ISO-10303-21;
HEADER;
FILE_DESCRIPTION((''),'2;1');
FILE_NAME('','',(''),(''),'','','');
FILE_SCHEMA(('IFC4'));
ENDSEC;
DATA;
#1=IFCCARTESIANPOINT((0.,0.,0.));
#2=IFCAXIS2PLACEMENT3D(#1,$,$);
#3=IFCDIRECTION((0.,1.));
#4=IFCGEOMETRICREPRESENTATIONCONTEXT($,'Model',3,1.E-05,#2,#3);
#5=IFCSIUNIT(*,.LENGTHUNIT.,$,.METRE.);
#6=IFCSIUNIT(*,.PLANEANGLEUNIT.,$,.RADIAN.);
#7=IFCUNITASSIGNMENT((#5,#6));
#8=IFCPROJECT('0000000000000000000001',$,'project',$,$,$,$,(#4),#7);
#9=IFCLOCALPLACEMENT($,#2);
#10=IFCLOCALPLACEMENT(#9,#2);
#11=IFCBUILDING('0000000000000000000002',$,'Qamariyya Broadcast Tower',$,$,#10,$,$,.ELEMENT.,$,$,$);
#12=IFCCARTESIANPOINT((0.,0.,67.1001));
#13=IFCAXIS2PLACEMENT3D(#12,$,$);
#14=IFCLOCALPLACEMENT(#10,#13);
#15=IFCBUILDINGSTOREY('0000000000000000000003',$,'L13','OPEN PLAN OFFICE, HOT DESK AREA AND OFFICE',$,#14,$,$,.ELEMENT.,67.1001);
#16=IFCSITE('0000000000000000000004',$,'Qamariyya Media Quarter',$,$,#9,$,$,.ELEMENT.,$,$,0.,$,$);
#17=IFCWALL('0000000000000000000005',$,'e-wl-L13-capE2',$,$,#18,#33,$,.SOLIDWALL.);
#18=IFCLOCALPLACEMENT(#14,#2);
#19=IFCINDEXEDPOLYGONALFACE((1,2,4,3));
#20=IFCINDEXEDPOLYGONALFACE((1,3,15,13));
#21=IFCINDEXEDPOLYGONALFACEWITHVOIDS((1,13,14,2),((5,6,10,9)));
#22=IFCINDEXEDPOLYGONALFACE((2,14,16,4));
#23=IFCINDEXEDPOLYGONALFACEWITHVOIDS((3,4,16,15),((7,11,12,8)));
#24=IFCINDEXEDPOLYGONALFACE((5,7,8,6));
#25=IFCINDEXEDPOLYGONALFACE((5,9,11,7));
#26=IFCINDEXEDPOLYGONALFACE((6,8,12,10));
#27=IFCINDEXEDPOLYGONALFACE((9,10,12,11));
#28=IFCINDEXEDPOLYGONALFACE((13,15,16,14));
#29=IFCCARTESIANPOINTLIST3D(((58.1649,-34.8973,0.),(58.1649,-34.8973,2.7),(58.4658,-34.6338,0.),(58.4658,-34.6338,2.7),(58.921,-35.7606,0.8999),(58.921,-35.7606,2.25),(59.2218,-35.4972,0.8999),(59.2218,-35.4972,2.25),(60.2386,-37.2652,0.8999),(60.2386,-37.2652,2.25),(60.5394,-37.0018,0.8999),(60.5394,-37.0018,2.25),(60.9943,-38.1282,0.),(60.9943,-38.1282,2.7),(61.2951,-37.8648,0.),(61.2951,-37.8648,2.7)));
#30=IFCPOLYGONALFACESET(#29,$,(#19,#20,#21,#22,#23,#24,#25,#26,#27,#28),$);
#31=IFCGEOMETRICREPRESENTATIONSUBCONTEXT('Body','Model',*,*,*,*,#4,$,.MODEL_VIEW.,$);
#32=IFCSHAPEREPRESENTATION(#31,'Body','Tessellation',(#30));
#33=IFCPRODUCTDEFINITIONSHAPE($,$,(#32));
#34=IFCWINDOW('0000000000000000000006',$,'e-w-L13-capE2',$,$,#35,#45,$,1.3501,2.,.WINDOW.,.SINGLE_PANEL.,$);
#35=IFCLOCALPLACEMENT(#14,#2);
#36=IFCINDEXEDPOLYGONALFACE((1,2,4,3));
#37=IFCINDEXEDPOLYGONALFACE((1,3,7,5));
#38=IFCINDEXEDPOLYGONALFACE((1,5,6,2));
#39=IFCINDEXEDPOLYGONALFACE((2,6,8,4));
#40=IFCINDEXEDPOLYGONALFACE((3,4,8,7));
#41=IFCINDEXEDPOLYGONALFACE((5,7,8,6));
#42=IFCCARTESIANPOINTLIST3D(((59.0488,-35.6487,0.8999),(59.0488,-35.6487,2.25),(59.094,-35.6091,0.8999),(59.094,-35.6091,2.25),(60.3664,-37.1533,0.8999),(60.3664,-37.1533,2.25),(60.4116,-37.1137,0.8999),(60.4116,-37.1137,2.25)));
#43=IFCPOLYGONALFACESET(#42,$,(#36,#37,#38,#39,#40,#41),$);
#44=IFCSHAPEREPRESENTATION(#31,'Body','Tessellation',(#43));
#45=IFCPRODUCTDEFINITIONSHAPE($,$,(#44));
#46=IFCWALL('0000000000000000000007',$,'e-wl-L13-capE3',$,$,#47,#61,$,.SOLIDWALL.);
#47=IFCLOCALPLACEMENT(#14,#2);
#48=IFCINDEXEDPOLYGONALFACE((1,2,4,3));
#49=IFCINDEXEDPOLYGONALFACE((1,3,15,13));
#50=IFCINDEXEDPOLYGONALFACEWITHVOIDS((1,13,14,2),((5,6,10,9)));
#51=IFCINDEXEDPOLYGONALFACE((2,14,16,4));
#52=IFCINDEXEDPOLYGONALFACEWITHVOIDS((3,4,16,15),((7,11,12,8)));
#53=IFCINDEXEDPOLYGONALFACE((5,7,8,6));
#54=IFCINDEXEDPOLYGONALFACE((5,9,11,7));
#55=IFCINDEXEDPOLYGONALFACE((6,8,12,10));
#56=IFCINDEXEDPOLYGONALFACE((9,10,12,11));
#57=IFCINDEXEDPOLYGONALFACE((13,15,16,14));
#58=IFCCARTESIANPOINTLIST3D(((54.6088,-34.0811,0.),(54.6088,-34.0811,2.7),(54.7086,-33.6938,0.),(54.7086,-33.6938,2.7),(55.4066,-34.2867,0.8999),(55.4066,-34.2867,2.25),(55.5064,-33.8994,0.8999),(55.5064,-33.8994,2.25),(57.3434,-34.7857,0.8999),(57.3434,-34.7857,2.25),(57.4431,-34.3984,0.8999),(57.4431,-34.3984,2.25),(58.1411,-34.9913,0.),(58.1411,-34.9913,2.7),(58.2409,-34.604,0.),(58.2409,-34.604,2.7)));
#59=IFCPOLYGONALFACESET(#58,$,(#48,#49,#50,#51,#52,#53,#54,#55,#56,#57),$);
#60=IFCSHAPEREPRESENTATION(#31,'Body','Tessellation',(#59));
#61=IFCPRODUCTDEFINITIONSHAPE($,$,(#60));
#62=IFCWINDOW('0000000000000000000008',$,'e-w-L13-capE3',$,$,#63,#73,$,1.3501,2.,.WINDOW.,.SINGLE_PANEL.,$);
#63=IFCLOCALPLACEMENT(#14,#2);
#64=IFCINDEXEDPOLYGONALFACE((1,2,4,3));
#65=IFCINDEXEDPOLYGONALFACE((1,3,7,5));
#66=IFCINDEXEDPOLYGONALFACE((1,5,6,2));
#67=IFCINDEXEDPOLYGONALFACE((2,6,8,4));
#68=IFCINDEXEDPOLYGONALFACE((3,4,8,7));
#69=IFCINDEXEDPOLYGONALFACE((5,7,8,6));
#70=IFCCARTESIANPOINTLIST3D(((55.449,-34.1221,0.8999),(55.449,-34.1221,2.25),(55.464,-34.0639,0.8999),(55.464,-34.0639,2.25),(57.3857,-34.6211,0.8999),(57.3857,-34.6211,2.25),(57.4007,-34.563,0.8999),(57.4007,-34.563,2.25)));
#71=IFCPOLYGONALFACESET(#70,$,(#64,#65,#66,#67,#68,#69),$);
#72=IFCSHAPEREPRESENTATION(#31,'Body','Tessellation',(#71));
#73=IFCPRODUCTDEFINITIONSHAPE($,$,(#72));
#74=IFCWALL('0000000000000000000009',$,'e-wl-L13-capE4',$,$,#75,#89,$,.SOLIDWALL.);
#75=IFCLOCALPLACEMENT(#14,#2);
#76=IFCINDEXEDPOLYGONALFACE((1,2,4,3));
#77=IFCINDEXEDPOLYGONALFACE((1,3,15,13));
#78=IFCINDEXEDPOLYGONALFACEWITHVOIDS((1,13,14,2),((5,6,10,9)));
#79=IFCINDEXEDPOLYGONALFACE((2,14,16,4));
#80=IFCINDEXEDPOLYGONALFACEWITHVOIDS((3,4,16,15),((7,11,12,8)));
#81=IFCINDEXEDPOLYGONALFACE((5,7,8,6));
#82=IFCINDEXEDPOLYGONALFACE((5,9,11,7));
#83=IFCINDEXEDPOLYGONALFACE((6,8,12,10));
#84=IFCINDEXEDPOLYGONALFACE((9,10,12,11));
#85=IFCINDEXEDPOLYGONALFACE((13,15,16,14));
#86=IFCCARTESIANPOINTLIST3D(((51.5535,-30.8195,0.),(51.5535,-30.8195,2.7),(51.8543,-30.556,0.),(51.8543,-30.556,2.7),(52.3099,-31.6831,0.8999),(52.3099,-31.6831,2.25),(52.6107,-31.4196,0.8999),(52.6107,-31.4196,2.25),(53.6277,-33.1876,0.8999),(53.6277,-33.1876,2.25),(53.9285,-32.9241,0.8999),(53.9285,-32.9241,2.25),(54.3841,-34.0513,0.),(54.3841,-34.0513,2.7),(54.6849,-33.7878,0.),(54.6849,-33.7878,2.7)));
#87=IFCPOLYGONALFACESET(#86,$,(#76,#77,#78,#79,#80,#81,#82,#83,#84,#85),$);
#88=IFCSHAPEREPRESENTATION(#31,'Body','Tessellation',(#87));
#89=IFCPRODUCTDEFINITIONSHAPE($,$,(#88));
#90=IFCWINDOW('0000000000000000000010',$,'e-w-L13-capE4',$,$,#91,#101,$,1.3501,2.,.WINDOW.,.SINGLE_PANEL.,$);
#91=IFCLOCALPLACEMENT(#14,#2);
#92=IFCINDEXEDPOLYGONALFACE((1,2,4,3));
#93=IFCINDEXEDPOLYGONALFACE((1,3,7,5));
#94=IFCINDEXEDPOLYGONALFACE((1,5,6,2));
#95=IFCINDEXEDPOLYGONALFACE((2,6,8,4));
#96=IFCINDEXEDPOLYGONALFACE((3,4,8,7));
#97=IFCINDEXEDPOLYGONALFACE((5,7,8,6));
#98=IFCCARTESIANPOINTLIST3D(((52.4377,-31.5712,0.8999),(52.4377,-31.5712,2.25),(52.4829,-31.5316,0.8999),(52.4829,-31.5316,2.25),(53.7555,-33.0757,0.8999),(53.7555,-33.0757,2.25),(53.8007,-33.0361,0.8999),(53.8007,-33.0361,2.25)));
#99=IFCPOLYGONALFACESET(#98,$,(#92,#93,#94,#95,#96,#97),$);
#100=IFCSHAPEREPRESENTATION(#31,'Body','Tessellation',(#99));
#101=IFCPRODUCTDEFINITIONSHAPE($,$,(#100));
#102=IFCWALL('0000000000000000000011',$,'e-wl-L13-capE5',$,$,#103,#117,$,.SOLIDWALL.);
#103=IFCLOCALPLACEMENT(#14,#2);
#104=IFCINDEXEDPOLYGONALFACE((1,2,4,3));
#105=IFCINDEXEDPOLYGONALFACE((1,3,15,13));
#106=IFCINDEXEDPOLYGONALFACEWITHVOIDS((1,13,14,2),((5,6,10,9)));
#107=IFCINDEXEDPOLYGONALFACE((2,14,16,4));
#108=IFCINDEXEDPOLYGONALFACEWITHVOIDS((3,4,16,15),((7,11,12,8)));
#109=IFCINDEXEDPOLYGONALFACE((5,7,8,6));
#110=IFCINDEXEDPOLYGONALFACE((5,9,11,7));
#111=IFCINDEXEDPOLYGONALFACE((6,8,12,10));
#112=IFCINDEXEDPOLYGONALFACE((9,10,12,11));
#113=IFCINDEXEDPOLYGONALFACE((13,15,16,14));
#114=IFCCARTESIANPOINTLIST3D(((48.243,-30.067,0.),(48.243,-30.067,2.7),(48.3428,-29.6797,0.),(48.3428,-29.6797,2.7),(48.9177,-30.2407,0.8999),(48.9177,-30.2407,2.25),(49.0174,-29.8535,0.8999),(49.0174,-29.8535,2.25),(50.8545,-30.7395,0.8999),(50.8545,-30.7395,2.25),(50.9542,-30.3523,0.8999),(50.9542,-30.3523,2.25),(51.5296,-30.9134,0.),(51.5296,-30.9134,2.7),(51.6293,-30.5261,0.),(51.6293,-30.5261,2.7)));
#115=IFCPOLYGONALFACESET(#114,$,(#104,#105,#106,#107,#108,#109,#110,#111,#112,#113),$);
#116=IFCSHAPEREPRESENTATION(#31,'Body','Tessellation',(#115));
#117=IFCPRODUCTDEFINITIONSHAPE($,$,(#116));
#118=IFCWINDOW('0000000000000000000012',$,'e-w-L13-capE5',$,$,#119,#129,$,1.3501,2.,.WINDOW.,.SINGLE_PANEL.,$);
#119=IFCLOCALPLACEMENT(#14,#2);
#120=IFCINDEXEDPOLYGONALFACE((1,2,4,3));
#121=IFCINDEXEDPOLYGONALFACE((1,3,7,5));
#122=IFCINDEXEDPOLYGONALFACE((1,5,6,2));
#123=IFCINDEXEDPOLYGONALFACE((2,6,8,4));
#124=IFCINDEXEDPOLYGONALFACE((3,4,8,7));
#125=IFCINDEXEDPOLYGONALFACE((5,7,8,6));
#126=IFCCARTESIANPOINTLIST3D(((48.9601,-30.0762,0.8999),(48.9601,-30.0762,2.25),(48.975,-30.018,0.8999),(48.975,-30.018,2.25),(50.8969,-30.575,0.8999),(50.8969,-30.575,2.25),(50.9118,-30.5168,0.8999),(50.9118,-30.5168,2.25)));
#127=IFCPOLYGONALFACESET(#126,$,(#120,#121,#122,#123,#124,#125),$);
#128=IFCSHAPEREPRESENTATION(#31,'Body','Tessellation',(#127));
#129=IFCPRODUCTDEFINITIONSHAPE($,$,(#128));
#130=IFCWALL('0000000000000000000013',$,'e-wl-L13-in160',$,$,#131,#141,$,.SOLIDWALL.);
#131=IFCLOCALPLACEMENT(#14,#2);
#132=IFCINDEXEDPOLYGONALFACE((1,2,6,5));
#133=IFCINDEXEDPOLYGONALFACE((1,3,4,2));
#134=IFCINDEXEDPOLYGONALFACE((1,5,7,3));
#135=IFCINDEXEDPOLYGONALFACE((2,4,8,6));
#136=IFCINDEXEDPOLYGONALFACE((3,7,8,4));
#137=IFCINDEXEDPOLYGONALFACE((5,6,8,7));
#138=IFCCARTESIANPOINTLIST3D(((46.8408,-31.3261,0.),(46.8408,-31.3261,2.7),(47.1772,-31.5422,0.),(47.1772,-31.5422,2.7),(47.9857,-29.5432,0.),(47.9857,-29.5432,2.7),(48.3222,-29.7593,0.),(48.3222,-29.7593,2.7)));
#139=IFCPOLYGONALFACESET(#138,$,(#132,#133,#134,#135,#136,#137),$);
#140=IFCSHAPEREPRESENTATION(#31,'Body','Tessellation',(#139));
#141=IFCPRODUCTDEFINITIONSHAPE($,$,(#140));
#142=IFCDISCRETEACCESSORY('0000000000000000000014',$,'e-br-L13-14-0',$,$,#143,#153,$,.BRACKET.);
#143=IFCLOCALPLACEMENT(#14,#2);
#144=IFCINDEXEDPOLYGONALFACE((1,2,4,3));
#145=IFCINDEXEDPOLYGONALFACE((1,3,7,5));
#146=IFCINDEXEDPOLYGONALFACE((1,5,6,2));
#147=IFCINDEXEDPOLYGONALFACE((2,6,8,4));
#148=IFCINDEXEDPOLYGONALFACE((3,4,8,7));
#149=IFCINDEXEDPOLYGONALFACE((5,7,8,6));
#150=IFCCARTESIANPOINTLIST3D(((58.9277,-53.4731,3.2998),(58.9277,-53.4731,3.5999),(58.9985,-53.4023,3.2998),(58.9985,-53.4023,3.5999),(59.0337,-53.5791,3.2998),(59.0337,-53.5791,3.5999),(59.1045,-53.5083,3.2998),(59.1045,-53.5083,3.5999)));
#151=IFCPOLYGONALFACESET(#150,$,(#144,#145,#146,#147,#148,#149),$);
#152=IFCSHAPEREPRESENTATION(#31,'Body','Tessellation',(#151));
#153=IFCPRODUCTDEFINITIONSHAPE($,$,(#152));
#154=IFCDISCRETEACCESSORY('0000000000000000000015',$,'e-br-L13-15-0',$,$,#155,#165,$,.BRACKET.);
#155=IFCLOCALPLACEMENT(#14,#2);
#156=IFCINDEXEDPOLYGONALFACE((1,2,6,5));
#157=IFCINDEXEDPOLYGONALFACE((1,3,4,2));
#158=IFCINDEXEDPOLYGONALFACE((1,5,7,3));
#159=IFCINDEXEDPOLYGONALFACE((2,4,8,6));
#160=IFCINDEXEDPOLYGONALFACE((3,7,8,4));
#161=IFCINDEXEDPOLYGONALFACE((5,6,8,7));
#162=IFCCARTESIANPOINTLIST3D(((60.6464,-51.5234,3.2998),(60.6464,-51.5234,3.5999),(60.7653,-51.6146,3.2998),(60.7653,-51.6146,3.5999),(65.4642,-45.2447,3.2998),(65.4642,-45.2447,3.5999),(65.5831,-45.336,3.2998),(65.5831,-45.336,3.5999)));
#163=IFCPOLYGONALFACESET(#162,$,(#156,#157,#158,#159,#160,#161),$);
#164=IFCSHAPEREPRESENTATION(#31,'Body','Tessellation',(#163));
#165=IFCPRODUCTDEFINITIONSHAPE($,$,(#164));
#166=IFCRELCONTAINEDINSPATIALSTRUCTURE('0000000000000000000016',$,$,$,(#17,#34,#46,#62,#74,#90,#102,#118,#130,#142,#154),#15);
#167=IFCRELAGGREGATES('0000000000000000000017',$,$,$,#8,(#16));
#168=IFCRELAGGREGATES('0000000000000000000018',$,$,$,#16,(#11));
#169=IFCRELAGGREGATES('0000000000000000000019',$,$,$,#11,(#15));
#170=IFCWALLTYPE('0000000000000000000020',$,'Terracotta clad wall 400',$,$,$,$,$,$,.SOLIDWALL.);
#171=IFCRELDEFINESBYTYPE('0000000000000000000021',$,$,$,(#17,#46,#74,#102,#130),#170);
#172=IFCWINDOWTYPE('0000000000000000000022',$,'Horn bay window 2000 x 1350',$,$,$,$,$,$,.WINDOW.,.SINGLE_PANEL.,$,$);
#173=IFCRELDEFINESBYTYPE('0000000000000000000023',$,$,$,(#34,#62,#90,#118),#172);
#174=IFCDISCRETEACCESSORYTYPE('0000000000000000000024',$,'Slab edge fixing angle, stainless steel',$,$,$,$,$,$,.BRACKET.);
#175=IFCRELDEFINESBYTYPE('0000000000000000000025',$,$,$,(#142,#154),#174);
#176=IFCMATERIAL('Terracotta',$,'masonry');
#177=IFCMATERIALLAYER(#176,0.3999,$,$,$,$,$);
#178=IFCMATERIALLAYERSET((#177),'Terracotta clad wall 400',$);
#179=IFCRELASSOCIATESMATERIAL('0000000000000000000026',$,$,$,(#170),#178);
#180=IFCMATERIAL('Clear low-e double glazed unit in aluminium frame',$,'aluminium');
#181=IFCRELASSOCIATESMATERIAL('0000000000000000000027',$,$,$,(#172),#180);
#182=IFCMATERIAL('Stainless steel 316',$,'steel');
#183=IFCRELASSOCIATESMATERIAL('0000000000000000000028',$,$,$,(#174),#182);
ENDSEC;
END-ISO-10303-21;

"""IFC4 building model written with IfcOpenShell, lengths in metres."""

from ifc_helpers import new_model, si_unit, direction, frame, frame_2d, origin, origin_2d, place, context, subcontext, project, spatial, rectangle, extrude, material, layer, layer_set, type_object, element, fill, save


model = new_model("IFC4")

# Units and contexts
model_context = context("Model", 3, precision=1e-05, world=origin(), true_north=direction((0.0, 1.0)))
body_context = subcontext(model_context, "Body", "Model", "MODEL_VIEW")
ifc_project = project(units=[si_unit("LENGTHUNIT", "METRE"), si_unit("PLANEANGLEUNIT", "RADIAN")], contexts=[model_context])

# Site, building, storey
site_placement = place(None, origin())
site = spatial("IfcSite", under=ifc_project, at=site_placement, Name="Qamariyya Media Quarter", CompositionType="ELEMENT", RefElevation=0.0)
building_placement = place(site_placement, origin())
building = spatial("IfcBuilding", under=site, at=building_placement, Name="Qamariyya Broadcast Tower", CompositionType="ELEMENT")
storey_placement = place(building_placement, frame((0.0, 0.0, 67.1001)))
storey = spatial("IfcBuildingStorey", under=building, at=storey_placement, Name="L13", Description="OPEN PLAN OFFICE, HOT DESK AREA AND OFFICE", CompositionType="ELEMENT", Elevation=67.1001)

# Walls, openings, windows
ifc_material_1 = material(Name="Terracotta", Category="masonry")
ifc_layer = layer(ifc_material_1, 0.3999)
ifc_layer_set = layer_set([ifc_layer], Name="Terracotta clad wall 400")
wall_type = type_object("IfcWallType", Name="Terracotta clad wall 400", PredefinedType="SOLIDWALL", material=ifc_layer_set)
ifc_material_2 = material(Name="Clear low-e double glazed unit in aluminium frame", Category="aluminium")
window_type = type_object("IfcWindowType", Name="Horn bay window 2000 x 1350", PartitioningType="SINGLE_PANEL", PredefinedType="WINDOW", material=ifc_material_2)
wall_1_placement = place(storey_placement, frame((61.1448, -37.9966, 0.0), z_axis=(0.0, 0.0, 1.0), x_axis=(-0.658802, 0.752316, 0.0)))
wall_1 = element("IfcWall", 1, at=wall_1_placement, inside=storey, type_object=wall_type, Name="e-wl-L13-capE2", PredefinedType="SOLIDWALL", context=body_context, shape_type="SweptSolid", body=[
    extrude(rectangle(XDim=4.2947, YDim=0.3999, at=frame_2d((2.1475, 0.0))), origin(), (0.0, 0.0, 1.0), 2.7),
])
opening_1_placement = place(wall_1_placement, frame((1.1472, 0.0, 0.8999)))
opening_1 = element("IfcOpeningElement", 2, at=opening_1_placement, cuts=wall_1, PredefinedType="OPENING", context=body_context, shape_type="SweptSolid", body=[
    extrude(rectangle(XDim=2.0, YDim=1.3501, at=frame_2d((1.0, 0.675))), frame((0.0, 0.21, 0.0), z_axis=(0.0, -1.0, 0.0), x_axis=(1.0, 0.0, 0.0)), (0.0, 0.0, 1.0), 0.4199),
])
window_1_placement = place(opening_1_placement, origin())
window_1 = element("IfcWindow", 3, at=window_1_placement, inside=storey, type_object=window_type, Name="e-w-L13-capE2", OverallHeight=1.3501, OverallWidth=2.0, PartitioningType="SINGLE_PANEL", PredefinedType="WINDOW", context=body_context, shape_type="SweptSolid", body=[
    extrude(rectangle(XDim=2.0, YDim=1.3501, at=frame_2d((1.0, 0.675))), frame((0.0, 0.03, 0.0), z_axis=(0.0, -1.0, 0.0), x_axis=(1.0, 0.0, 0.0)), (0.0, 0.0, 1.0), 0.0601),
])
fill(opening_1, window_1)
wall_2_placement = place(storey_placement, frame((58.1909, -34.7976, 0.0), z_axis=(0.0, 0.0, 1.0), x_axis=(-0.968369, 0.249522, 0.0)))
wall_2 = element("IfcWall", 4, at=wall_2_placement, inside=storey, type_object=wall_type, Name="e-wl-L13-capE3", PredefinedType="SOLIDWALL", context=body_context, shape_type="SweptSolid", body=[
    extrude(rectangle(XDim=3.6477, YDim=0.3999, at=frame_2d((1.8237, 0.0))), origin(), (0.0, 0.0, 1.0), 2.7),
])
opening_2_placement = place(wall_2_placement, frame((0.8237, 0.0, 0.8999)))
opening_2 = element("IfcOpeningElement", 5, at=opening_2_placement, cuts=wall_2, PredefinedType="OPENING", context=body_context, shape_type="SweptSolid", body=[
    extrude(rectangle(XDim=2.0, YDim=1.3501, at=frame_2d((1.0, 0.675))), frame((0.0, 0.21, 0.0), z_axis=(0.0, -1.0, 0.0), x_axis=(1.0, 0.0, 0.0)), (0.0, 0.0, 1.0), 0.4199),
])
window_2_placement = place(opening_2_placement, origin())
window_2 = element("IfcWindow", 6, at=window_2_placement, inside=storey, type_object=window_type, Name="e-w-L13-capE3", OverallHeight=1.3501, OverallWidth=2.0, PartitioningType="SINGLE_PANEL", PredefinedType="WINDOW", context=body_context, shape_type="SweptSolid", body=[
    extrude(rectangle(XDim=2.0, YDim=1.3501, at=frame_2d((1.0, 0.675))), frame((0.0, 0.03, 0.0), z_axis=(0.0, -1.0, 0.0), x_axis=(1.0, 0.0, 0.0)), (0.0, 0.0, 1.0), 0.0601),
])
fill(opening_2, window_2)
wall_3_placement = place(storey_placement, frame((54.5344, -33.9194, 0.0), z_axis=(0.0, 0.0, 1.0), x_axis=(-0.658879, 0.752249, 0.0)))
wall_3 = element("IfcWall", 7, at=wall_3_placement, inside=storey, type_object=wall_type, Name="e-wl-L13-capE4", PredefinedType="SOLIDWALL", context=body_context, shape_type="SweptSolid", body=[
    extrude(rectangle(XDim=4.2961, YDim=0.3999, at=frame_2d((2.1479, 0.0))), origin(), (0.0, 0.0, 1.0), 2.7),
])
opening_3_placement = place(wall_3_placement, frame((1.1479, 0.0, 0.8999)))
opening_3 = element("IfcOpeningElement", 8, at=opening_3_placement, cuts=wall_3, PredefinedType="OPENING", context=body_context, shape_type="SweptSolid", body=[
    extrude(rectangle(XDim=2.0, YDim=1.3501, at=frame_2d((1.0, 0.675))), frame((0.0, 0.21, 0.0), z_axis=(0.0, -1.0, 0.0), x_axis=(1.0, 0.0, 0.0)), (0.0, 0.0, 1.0), 0.4199),
])
window_3_placement = place(opening_3_placement, origin())
window_3 = element("IfcWindow", 9, at=window_3_placement, inside=storey, type_object=window_type, Name="e-w-L13-capE4", OverallHeight=1.3501, OverallWidth=2.0, PartitioningType="SINGLE_PANEL", PredefinedType="WINDOW", context=body_context, shape_type="SweptSolid", body=[
    extrude(rectangle(XDim=2.0, YDim=1.3501, at=frame_2d((1.0, 0.675))), frame((0.0, 0.03, 0.0), z_axis=(0.0, -1.0, 0.0), x_axis=(1.0, 0.0, 0.0)), (0.0, 0.0, 1.0), 0.0601),
])
fill(opening_3, window_3)
wall_4_placement = place(storey_placement, frame((51.5793, -30.7197, 0.0), z_axis=(0.0, 0.0, 1.0), x_axis=(-0.9684, 0.249402, 0.0)))
wall_4 = element("IfcWall", 10, at=wall_4_placement, inside=storey, type_object=wall_type, Name="e-wl-L13-capE5", PredefinedType="SOLIDWALL", context=body_context, shape_type="SweptSolid", body=[
    extrude(rectangle(XDim=3.3938, YDim=0.3999, at=frame_2d((1.6968, 0.0))), origin(), (0.0, 0.0, 1.0), 2.7),
])
opening_4_placement = place(wall_4_placement, frame((0.697, 0.0, 0.8999)))
opening_4 = element("IfcOpeningElement", 11, at=opening_4_placement, cuts=wall_4, PredefinedType="OPENING", context=body_context, shape_type="SweptSolid", body=[
    extrude(rectangle(XDim=2.0, YDim=1.3501, at=frame_2d((1.0, 0.675))), frame((0.0, 0.21, 0.0), z_axis=(0.0, -1.0, 0.0), x_axis=(1.0, 0.0, 0.0)), (0.0, 0.0, 1.0), 0.4199),
])
window_4_placement = place(opening_4_placement, origin())
window_4 = element("IfcWindow", 12, at=window_4_placement, inside=storey, type_object=window_type, Name="e-w-L13-capE5", OverallHeight=1.3501, OverallWidth=2.0, PartitioningType="SINGLE_PANEL", PredefinedType="WINDOW", context=body_context, shape_type="SweptSolid", body=[
    extrude(rectangle(XDim=2.0, YDim=1.3501, at=frame_2d((1.0, 0.675))), frame((0.0, 0.03, 0.0), z_axis=(0.0, -1.0, 0.0), x_axis=(1.0, 0.0, 0.0)), (0.0, 0.0, 1.0), 0.0601),
])
fill(opening_4, window_4)

# Wall
wall_5_placement = place(storey_placement, frame((48.1541, -29.6511, 0.0), z_axis=(0.0, 0.0, 1.0), x_axis=(-0.540367, -0.841429, 0.0)))
element("IfcWall", 13, at=wall_5_placement, inside=storey, type_object=wall_type, Name="e-wl-L13-in160", PredefinedType="SOLIDWALL", context=body_context, shape_type="SweptSolid", body=[
    extrude(rectangle(XDim=2.1189, YDim=0.3999, at=frame_2d((1.0596, 0.0))), origin(), (0.0, 0.0, 1.0), 2.7),
])

# Discrete accessories
ifc_material_3 = material(Name="Stainless steel 316", Category="steel")
discrete_accessory_type = type_object("IfcDiscreteAccessoryType", Name="Slab edge fixing angle, stainless steel", PredefinedType="BRACKET", material=ifc_material_3)
discrete_accessory_1_placement = place(storey_placement, frame((59.0161, -53.4907, 3.2998), z_axis=(0.0, 0.0, 1.0), x_axis=(0.707107, 0.707107, 0.0)))
element("IfcDiscreteAccessory", 14, at=discrete_accessory_1_placement, inside=storey, type_object=discrete_accessory_type, Name="e-br-L13-14-0", PredefinedType="BRACKET", context=body_context, shape_type="SweptSolid", body=[
    extrude(rectangle(XDim=0.1001, YDim=0.1499, at=origin_2d()), origin(), (0.0, 0.0, 1.0), 0.3),
])
discrete_accessory_2_placement = place(storey_placement, frame((63.1147, -48.4297, 3.2998), z_axis=(0.0, 0.0, 1.0), x_axis=(0.608761, 0.793353, 0.0)))
element("IfcDiscreteAccessory", 15, at=discrete_accessory_2_placement, inside=storey, type_object=discrete_accessory_type, Name="e-br-L13-15-0", PredefinedType="BRACKET", context=body_context, shape_type="SweptSolid", body=[
    extrude(rectangle(XDim=7.9141, YDim=0.1499, at=origin_2d()), origin(), (0.0, 0.0, 1.0), 0.3),
])

save(model, "model.ifc")
